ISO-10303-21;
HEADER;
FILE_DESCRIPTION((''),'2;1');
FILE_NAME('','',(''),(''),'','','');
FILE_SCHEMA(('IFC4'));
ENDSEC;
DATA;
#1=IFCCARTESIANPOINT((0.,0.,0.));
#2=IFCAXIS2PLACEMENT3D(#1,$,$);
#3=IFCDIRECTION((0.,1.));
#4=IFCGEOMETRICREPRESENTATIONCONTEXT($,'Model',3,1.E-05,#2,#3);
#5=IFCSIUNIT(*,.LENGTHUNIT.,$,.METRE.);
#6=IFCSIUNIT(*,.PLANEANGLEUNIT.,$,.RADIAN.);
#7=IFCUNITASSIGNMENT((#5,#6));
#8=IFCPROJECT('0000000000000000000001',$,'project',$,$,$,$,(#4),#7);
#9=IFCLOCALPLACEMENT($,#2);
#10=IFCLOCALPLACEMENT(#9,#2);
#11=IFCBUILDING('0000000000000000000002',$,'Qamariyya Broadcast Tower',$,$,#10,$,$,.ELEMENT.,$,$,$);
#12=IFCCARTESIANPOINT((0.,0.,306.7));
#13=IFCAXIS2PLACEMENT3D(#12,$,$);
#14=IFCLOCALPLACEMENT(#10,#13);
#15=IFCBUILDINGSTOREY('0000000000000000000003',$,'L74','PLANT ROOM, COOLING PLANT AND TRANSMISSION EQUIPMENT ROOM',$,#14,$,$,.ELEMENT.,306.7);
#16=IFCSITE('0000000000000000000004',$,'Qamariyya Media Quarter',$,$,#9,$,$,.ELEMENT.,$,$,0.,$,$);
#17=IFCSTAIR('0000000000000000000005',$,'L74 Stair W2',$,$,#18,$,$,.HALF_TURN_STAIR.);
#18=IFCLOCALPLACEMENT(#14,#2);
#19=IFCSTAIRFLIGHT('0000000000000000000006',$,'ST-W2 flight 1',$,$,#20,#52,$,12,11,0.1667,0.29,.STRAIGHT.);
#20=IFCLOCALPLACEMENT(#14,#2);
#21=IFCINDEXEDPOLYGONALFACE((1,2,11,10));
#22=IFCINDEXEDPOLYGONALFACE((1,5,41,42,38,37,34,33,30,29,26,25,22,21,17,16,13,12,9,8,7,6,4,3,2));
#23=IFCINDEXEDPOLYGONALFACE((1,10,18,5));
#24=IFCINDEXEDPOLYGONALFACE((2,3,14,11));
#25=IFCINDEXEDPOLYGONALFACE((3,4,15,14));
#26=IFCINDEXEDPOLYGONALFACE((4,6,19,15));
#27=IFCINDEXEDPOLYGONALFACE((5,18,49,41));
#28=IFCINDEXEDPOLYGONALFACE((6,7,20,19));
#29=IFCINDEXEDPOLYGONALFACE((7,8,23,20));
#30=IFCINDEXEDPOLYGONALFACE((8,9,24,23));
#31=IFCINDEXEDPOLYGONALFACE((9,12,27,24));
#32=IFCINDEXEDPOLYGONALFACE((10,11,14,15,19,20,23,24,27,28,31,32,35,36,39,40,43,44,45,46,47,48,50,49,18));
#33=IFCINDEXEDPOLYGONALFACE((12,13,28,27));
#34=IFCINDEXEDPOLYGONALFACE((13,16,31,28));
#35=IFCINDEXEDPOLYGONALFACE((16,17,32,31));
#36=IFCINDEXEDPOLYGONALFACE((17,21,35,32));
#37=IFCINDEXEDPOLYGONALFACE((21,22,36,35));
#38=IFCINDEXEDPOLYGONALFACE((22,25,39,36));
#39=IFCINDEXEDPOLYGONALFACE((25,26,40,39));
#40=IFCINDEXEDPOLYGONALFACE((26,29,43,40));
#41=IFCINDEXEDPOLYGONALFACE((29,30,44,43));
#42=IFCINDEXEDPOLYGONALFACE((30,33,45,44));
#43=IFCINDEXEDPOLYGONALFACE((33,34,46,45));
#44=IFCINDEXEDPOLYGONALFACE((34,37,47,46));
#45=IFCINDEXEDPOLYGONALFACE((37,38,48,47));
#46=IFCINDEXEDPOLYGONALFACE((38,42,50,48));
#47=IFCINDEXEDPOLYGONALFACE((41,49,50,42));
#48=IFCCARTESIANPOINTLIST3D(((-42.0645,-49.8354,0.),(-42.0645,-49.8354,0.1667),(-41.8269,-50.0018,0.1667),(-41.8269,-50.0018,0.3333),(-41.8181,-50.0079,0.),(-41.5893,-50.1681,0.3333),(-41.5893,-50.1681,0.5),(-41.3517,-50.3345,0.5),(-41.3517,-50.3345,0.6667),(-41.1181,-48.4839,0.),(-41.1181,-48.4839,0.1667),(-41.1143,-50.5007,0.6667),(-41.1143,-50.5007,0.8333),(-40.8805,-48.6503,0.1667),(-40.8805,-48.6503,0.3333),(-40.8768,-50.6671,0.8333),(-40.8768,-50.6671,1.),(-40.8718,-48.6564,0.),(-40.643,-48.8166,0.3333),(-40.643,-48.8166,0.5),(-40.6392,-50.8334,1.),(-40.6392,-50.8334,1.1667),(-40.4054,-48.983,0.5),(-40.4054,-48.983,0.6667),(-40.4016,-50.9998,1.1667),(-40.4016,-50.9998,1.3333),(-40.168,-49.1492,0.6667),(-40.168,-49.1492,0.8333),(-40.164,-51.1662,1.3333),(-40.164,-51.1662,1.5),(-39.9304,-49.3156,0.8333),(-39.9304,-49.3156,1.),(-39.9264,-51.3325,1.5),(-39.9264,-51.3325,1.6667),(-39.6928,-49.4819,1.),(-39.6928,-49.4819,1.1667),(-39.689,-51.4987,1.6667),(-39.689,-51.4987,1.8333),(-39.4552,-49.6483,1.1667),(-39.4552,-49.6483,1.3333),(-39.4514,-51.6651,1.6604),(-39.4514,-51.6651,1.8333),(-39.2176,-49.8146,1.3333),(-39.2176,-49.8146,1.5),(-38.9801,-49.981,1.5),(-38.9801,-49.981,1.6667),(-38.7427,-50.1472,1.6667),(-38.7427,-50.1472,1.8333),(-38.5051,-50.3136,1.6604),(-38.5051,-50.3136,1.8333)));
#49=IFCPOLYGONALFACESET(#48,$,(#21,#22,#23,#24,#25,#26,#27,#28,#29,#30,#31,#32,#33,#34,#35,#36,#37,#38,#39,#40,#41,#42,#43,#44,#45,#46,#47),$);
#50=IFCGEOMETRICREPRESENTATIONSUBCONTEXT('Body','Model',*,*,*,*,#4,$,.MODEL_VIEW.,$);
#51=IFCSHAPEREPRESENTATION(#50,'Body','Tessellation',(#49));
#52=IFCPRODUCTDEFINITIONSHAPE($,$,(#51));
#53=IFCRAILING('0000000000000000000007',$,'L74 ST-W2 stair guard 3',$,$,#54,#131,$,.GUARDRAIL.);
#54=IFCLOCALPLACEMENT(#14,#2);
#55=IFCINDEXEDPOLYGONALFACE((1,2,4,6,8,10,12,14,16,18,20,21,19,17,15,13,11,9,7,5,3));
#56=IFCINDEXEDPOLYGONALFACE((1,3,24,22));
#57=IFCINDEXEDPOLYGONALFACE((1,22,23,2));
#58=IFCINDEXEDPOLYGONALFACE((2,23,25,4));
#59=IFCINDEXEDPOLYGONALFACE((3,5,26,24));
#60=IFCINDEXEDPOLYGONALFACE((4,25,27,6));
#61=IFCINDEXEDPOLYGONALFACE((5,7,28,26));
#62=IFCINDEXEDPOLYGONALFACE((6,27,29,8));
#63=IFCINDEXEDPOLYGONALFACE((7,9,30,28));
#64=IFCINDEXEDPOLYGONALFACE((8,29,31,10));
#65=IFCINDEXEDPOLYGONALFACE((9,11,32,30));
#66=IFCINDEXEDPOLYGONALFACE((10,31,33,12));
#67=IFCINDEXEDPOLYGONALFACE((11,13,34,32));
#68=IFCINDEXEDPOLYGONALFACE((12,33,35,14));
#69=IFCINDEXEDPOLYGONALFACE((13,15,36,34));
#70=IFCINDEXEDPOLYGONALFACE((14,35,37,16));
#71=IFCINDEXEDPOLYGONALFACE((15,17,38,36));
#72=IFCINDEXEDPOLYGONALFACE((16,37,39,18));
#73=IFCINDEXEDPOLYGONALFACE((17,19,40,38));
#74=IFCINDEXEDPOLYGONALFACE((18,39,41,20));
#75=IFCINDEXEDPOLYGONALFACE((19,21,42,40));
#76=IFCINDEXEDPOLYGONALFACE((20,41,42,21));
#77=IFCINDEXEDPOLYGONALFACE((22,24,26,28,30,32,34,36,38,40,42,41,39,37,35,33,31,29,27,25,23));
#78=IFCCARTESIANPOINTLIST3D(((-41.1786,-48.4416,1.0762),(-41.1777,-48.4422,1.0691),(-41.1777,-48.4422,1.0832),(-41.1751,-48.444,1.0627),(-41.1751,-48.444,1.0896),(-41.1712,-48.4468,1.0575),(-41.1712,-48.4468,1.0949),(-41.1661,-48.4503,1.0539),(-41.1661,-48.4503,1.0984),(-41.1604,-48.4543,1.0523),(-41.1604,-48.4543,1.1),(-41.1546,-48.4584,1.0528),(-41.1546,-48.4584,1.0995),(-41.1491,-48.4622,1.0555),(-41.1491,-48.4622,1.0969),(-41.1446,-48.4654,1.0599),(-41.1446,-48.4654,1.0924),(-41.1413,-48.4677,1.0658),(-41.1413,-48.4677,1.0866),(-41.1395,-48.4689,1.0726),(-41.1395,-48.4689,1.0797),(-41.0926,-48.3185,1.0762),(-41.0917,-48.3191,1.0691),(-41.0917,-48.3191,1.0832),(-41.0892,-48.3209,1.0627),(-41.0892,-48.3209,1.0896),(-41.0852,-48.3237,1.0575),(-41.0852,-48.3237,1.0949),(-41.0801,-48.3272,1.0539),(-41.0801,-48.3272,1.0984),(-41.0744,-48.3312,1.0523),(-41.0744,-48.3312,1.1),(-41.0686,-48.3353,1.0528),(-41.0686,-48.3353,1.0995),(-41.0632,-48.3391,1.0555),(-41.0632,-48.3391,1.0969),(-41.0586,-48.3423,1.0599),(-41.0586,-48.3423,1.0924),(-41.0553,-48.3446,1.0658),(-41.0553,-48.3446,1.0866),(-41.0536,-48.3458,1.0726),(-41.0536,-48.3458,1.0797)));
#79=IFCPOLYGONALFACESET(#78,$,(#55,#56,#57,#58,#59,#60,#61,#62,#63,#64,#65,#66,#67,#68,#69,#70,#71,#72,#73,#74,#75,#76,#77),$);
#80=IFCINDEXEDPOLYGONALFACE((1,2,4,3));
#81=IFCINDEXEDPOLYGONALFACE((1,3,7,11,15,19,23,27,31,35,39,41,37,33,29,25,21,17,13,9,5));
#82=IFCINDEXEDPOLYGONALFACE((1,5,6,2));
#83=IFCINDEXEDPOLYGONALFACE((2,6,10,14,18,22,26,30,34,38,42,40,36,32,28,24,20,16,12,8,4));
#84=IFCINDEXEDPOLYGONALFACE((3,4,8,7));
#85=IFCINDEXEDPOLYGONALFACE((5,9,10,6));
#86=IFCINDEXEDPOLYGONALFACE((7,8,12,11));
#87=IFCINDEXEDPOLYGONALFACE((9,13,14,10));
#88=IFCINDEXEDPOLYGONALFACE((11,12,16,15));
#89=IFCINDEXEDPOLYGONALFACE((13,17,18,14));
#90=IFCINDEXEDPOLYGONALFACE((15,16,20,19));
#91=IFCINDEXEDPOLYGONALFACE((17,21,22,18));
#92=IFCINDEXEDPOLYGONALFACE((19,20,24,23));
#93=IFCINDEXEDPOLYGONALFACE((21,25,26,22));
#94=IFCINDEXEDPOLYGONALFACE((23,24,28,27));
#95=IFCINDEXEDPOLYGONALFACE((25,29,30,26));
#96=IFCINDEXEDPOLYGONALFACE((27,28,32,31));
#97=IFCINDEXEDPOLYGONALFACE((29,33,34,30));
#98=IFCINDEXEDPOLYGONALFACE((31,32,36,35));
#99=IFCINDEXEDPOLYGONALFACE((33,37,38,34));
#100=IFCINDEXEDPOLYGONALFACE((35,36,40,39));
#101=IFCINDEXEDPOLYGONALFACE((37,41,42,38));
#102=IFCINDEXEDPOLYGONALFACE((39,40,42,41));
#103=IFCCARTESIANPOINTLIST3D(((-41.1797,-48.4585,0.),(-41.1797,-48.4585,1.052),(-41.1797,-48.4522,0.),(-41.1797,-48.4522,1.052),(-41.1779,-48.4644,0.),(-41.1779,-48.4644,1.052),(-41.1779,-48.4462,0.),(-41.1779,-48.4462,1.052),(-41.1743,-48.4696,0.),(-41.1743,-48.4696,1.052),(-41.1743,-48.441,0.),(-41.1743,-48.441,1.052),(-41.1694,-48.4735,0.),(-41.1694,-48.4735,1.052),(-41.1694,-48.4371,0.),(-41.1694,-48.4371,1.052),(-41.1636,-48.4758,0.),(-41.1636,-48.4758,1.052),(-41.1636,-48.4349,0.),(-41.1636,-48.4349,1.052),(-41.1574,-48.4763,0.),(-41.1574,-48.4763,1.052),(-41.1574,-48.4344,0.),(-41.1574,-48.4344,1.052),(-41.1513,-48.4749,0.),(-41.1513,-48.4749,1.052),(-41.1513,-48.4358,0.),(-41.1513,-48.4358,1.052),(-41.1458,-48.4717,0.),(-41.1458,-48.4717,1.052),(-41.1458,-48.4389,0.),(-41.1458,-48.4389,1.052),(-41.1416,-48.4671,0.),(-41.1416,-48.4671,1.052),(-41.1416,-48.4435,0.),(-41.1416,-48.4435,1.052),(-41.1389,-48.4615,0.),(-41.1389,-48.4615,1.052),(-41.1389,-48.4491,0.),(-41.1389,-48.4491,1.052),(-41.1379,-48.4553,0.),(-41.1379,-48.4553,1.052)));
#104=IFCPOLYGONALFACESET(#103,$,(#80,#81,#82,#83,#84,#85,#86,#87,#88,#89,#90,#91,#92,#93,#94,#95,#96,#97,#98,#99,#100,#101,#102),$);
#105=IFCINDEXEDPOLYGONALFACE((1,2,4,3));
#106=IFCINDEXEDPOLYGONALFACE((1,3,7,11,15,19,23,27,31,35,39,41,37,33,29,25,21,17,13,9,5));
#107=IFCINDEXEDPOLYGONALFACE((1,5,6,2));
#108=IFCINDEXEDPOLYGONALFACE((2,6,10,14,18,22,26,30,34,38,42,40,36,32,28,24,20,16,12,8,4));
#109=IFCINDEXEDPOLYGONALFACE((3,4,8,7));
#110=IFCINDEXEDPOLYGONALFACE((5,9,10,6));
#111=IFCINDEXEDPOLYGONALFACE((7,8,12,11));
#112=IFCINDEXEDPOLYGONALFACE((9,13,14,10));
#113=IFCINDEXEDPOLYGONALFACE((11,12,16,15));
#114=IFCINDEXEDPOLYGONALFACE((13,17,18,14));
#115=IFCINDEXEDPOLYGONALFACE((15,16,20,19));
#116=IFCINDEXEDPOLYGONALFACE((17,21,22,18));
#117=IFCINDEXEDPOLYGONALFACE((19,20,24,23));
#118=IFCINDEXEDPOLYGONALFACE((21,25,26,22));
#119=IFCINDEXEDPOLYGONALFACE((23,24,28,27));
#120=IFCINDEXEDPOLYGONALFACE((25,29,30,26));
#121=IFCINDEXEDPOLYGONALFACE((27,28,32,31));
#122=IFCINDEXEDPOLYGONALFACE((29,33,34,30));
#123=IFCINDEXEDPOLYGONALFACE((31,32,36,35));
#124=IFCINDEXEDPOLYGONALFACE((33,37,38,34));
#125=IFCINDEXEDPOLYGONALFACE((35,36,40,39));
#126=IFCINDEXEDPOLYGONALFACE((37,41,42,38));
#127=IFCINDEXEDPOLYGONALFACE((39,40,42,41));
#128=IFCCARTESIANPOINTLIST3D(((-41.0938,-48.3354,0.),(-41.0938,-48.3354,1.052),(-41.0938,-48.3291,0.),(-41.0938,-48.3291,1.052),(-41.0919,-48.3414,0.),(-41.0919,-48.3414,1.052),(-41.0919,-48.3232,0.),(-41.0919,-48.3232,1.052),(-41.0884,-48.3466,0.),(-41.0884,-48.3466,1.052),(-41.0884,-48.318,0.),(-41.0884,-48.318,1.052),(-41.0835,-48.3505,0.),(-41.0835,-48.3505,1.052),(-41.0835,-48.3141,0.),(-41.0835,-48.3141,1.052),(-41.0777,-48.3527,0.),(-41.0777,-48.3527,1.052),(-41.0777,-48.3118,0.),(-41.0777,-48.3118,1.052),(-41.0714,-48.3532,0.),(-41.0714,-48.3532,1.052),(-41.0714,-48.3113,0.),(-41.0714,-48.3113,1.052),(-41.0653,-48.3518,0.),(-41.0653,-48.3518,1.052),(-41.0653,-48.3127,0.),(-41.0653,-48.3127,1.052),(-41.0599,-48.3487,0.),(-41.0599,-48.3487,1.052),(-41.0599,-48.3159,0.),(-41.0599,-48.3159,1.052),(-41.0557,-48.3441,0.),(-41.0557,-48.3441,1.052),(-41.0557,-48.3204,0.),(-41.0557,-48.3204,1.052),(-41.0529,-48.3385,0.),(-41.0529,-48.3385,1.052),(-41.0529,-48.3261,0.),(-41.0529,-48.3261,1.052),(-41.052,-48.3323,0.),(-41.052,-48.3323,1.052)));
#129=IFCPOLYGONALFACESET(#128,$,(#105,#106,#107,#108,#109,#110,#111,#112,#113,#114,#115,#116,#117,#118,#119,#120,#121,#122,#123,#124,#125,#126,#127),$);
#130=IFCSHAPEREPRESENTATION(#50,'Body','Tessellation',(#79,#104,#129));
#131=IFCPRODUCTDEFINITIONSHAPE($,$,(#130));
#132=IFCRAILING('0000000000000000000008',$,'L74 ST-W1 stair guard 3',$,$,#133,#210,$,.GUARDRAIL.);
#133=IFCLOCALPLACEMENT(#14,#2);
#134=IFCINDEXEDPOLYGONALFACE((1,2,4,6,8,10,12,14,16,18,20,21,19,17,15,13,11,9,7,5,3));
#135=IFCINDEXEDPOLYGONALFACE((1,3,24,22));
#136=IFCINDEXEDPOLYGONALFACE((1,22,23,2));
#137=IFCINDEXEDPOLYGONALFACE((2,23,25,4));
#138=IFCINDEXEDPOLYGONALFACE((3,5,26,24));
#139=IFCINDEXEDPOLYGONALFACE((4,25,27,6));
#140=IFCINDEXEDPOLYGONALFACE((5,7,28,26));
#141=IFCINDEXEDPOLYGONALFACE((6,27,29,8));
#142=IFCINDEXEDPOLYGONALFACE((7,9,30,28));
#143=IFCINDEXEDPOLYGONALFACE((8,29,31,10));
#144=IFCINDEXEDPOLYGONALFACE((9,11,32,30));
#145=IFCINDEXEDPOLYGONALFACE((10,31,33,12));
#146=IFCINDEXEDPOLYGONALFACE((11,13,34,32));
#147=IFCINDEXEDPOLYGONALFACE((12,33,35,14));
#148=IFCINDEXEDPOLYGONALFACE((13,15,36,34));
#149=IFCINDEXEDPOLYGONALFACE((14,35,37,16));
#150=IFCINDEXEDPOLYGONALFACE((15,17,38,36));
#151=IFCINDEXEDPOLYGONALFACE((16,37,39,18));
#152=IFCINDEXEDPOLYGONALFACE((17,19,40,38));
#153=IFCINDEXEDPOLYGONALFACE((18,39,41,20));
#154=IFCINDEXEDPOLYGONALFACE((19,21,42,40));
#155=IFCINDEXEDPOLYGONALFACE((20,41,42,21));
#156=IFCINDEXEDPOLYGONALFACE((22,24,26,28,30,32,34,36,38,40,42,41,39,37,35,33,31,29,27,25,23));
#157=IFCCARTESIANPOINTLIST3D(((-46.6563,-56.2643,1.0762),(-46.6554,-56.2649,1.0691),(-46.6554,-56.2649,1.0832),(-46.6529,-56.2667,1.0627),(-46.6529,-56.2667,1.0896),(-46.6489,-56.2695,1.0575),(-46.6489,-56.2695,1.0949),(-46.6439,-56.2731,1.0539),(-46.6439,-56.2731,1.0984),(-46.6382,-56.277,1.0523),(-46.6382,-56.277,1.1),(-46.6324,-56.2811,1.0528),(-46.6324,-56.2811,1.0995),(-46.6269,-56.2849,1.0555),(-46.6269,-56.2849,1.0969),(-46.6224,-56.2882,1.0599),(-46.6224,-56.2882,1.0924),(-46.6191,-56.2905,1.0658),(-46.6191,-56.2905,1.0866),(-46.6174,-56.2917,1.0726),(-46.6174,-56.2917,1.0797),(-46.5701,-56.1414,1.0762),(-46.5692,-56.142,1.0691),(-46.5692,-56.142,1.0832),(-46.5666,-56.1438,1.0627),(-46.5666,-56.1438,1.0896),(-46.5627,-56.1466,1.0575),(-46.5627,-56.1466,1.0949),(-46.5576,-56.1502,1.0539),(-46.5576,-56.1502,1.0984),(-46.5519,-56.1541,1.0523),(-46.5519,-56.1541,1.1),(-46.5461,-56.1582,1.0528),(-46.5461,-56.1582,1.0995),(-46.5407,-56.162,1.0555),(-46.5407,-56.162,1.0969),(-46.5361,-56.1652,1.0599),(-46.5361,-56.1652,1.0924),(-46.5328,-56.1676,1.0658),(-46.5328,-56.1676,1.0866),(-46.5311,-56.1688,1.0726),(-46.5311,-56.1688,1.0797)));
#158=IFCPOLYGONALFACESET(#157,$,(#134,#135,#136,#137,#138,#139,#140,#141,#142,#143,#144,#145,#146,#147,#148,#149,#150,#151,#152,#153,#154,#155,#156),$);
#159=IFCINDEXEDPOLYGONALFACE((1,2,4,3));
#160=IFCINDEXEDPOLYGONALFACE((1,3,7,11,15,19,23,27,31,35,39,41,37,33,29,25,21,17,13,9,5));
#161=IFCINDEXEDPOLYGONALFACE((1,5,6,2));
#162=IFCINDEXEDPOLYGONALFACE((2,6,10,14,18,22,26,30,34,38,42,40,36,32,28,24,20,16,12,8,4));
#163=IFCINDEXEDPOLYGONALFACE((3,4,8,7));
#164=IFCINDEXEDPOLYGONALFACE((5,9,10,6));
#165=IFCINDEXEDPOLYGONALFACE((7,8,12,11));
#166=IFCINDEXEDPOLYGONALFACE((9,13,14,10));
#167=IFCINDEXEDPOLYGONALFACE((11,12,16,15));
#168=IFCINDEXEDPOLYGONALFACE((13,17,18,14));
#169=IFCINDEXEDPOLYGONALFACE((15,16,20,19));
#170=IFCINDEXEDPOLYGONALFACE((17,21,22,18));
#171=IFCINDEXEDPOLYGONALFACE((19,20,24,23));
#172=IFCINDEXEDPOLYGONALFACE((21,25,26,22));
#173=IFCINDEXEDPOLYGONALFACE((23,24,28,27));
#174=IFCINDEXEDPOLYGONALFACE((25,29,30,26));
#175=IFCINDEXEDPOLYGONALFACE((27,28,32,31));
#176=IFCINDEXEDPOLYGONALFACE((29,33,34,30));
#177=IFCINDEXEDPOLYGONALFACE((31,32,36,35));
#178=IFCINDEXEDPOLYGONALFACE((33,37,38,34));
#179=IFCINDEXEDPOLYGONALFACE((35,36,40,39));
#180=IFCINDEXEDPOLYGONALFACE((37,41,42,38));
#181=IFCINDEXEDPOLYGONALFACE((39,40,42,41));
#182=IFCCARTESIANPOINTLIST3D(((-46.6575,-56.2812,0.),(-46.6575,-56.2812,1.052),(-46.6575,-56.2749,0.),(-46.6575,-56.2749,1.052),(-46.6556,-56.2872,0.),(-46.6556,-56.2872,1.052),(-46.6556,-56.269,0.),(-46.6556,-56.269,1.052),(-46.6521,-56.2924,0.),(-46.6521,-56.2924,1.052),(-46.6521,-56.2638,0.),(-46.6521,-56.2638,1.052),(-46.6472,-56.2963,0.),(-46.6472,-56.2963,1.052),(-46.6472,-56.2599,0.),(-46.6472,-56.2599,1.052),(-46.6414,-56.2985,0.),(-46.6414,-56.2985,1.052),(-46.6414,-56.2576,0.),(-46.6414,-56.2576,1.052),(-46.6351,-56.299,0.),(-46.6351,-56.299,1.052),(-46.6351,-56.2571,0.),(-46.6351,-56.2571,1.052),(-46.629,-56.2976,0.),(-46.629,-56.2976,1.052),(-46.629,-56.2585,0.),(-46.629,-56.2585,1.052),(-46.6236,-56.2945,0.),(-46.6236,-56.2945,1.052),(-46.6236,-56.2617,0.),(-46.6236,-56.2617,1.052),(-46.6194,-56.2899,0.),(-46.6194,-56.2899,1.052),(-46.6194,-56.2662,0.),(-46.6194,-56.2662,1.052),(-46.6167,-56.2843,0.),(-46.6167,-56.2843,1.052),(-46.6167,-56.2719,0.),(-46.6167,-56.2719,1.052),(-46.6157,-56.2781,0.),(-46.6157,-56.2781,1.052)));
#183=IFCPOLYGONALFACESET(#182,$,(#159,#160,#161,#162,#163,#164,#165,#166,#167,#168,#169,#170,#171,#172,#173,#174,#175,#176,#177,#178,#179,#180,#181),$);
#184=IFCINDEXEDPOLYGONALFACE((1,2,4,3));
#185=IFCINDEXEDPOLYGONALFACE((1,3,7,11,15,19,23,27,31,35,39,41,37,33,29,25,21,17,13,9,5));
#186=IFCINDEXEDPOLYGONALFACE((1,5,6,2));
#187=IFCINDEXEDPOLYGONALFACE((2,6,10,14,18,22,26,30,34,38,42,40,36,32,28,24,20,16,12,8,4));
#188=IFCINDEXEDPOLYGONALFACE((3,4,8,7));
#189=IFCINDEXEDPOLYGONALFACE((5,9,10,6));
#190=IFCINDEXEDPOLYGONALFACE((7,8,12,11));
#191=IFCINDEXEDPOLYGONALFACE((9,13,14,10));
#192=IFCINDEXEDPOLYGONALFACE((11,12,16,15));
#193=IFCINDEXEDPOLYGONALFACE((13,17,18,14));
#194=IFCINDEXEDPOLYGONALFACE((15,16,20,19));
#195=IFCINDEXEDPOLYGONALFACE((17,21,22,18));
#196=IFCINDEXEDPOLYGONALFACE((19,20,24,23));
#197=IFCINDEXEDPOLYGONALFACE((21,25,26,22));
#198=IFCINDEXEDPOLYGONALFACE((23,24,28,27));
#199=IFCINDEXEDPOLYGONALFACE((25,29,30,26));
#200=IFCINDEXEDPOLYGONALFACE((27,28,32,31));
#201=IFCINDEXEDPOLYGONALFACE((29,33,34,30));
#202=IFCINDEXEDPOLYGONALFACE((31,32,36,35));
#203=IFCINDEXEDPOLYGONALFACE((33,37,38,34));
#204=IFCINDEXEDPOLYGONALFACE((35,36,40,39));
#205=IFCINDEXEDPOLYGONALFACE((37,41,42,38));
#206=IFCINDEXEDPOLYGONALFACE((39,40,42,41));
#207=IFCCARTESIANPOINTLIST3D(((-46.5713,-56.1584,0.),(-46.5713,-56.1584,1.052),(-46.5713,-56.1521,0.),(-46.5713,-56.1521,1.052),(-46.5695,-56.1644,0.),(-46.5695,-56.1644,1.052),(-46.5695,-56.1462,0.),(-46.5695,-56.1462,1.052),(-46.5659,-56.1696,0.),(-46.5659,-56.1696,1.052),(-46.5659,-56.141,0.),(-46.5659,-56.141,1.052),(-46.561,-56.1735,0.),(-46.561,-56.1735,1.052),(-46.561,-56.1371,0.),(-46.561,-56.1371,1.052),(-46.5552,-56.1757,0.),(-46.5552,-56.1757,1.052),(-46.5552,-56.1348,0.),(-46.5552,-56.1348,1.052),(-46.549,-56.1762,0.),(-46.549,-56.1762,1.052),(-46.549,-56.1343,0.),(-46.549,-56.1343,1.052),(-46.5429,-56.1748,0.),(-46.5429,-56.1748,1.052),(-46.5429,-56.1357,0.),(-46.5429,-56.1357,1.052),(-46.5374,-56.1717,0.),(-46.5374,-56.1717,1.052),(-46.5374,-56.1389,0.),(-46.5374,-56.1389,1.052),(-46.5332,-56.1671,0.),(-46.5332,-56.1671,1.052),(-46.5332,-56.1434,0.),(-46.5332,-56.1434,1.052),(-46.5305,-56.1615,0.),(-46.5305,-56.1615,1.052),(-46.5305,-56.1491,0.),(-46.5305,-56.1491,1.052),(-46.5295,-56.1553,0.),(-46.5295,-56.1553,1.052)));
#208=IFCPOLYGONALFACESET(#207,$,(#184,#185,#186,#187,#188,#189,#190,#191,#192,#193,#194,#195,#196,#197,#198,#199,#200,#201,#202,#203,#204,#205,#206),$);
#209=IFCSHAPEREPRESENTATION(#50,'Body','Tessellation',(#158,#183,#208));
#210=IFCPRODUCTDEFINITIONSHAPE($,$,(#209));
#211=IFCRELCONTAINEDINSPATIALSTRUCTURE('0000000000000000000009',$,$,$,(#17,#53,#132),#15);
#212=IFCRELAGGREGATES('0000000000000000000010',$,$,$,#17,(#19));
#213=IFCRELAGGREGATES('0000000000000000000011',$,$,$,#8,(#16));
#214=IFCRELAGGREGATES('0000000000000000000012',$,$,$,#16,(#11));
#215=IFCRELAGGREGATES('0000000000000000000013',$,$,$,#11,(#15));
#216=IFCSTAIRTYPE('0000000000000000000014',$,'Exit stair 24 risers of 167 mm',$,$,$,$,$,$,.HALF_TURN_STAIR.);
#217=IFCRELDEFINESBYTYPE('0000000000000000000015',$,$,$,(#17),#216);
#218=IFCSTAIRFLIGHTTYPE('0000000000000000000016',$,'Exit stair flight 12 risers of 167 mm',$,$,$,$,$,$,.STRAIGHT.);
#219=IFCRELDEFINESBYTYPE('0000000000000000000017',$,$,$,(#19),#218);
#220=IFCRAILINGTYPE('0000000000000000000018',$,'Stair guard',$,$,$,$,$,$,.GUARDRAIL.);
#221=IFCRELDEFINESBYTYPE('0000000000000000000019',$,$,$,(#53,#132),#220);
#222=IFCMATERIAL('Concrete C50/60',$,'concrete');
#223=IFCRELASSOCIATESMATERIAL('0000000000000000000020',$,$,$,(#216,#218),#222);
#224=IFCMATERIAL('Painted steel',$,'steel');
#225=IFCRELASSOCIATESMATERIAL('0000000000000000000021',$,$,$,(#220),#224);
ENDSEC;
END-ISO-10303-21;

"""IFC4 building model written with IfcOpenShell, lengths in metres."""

from ifc_helpers import new_model, si_unit, direction, frame, origin, origin_2d, place, context, subcontext, project, spatial, polyline, circle, outline, extrude, material, type_object, element, aggregate, save


model = new_model("IFC4")

# Units and contexts
model_context = context("Model", 3, precision=1e-05, world=origin(), true_north=direction((0.0, 1.0)))
body_context = subcontext(model_context, "Body", "Model", "MODEL_VIEW")
ifc_project = project(units=[si_unit("LENGTHUNIT", "METRE"), si_unit("PLANEANGLEUNIT", "RADIAN")], contexts=[model_context])

# Site, building, storey
site_placement = place(None, origin())
site = spatial("IfcSite", under=ifc_project, at=site_placement, Name="Qamariyya Media Quarter", CompositionType="ELEMENT", RefElevation=0.0)
building_placement = place(site_placement, origin())
building = spatial("IfcBuilding", under=site, at=building_placement, Name="Qamariyya Broadcast Tower", CompositionType="ELEMENT")
storey_placement = place(building_placement, frame((0.0, 0.0, 306.7)))
storey = spatial("IfcBuildingStorey", under=building, at=storey_placement, Name="L74", Description="PLANT ROOM, COOLING PLANT AND TRANSMISSION EQUIPMENT ROOM", CompositionType="ELEMENT", Elevation=306.7)

# Shared definitions
ifc_material_1 = material(Name="Concrete C50/60", Category="concrete")

# Stair, stair flight
stair_type = type_object("IfcStairType", Name="Exit stair 24 risers of 167 mm", PredefinedType="HALF_TURN_STAIR", material=ifc_material_1)
stair_placement = place(storey_placement, origin())
stair = element("IfcStair", 1, at=stair_placement, inside=storey, type_object=stair_type, Name="L74 Stair W2", PredefinedType="HALF_TURN_STAIR")
stair_flight_type = type_object("IfcStairFlightType", Name="Exit stair flight 12 risers of 167 mm", PredefinedType="STRAIGHT", material=ifc_material_1)
stair_flight_placement = place(storey_placement, frame((-41.5913, -49.1597, 0.0), z_axis=(0.0, 0.0, 1.0), x_axis=(0.819152, -0.573576, 0.0)))
stair_flight = element("IfcStairFlight", 2, at=stair_flight_placement, type_object=stair_flight_type, Name="ST-W2 flight 1", NumberOfRisers=12, NumberOfTreads=11, PredefinedType="STRAIGHT", RiserHeight=0.1667, TreadLength=0.29, context=body_context, shape_type="SweptSolid", body=[
    extrude(outline(polyline([(0.0, 0.0), (0.0, 0.1667), (0.29, 0.1667), (0.29, 0.3333), (0.5801, 0.3333), (0.5801, 0.5), (0.8701, 0.5), (0.8701, 0.6667), (1.1599, 0.6667), (1.1599, 0.8333), (1.45, 0.8333), (1.45, 1.0), (1.74, 1.0), (1.74, 1.1667), (2.03, 1.1667), (2.03, 1.3333), (2.3201, 1.3333), (2.3201, 1.5), (2.6101, 1.5), (2.6101, 1.6667), (2.8999, 1.6667), (2.8999, 1.8333), (3.1899, 1.8333), (3.1899, 2.0), (3.1899, 1.6604), (0.3008, 0.0), (0.0, 0.0)])), frame((0.0, 0.825, 0.0), z_axis=(0.0, -1.0, 0.0), x_axis=(1.0, 0.0, 0.0)), (0.0, 0.0, 1.0), 1.6499),
])
aggregate(stair, [stair_flight])

# Railings
ifc_material_2 = material(Name="Painted steel", Category="steel")
railing_type_1 = type_object("IfcRailingType", Name="Stair guard", PredefinedType="GUARDRAIL", material=ifc_material_2)
railing_1_placement = place(storey_placement, frame((-41.1589, -48.4553, 0.0)))
element("IfcRailing", 3, at=railing_1_placement, inside=storey, type_object=railing_type_1, Name="L74 ST-W2 stair guard 3", PredefinedType="GUARDRAIL", context=body_context, shape_type="SweptSolid", body=[
    extrude(circle(Radius=0.0239, at=origin_2d()), frame((0.0, 0.0, 1.0762), z_axis=(0.572589, 0.819843, 0.0), x_axis=(-0.819843, 0.572589, 0.0)), (0.0, 0.0, 1.0), 0.1501),
    extrude(circle(Radius=0.021, at=origin_2d()), origin(), (0.0, 0.0, 1.0), 1.052),
    extrude(circle(Radius=0.021, at=origin_2d()), frame((0.0859, 0.123, 0.0)), (0.0, 0.0, 1.0), 1.052),
])
railing_2_placement = place(storey_placement, frame((-46.6367, -56.2781, 0.0)))
element("IfcRailing", 4, at=railing_2_placement, inside=storey, type_object=railing_type_1, Name="L74 ST-W1 stair guard 3", PredefinedType="GUARDRAIL", context=body_context, shape_type="SweptSolid", body=[
    extrude(circle(Radius=0.0239, at=origin_2d()), frame((0.0, 0.0, 1.0762), z_axis=(0.574445, 0.818543, 0.0), x_axis=(-0.818543, 0.574445, 0.0)), (0.0, 0.0, 1.0), 0.1501),
    extrude(circle(Radius=0.021, at=origin_2d()), origin(), (0.0, 0.0, 1.0), 1.052),
    extrude(circle(Radius=0.021, at=origin_2d()), frame((0.0862, 0.1228, 0.0)), (0.0, 0.0, 1.0), 1.052),
])

save(model, "model.ifc")
